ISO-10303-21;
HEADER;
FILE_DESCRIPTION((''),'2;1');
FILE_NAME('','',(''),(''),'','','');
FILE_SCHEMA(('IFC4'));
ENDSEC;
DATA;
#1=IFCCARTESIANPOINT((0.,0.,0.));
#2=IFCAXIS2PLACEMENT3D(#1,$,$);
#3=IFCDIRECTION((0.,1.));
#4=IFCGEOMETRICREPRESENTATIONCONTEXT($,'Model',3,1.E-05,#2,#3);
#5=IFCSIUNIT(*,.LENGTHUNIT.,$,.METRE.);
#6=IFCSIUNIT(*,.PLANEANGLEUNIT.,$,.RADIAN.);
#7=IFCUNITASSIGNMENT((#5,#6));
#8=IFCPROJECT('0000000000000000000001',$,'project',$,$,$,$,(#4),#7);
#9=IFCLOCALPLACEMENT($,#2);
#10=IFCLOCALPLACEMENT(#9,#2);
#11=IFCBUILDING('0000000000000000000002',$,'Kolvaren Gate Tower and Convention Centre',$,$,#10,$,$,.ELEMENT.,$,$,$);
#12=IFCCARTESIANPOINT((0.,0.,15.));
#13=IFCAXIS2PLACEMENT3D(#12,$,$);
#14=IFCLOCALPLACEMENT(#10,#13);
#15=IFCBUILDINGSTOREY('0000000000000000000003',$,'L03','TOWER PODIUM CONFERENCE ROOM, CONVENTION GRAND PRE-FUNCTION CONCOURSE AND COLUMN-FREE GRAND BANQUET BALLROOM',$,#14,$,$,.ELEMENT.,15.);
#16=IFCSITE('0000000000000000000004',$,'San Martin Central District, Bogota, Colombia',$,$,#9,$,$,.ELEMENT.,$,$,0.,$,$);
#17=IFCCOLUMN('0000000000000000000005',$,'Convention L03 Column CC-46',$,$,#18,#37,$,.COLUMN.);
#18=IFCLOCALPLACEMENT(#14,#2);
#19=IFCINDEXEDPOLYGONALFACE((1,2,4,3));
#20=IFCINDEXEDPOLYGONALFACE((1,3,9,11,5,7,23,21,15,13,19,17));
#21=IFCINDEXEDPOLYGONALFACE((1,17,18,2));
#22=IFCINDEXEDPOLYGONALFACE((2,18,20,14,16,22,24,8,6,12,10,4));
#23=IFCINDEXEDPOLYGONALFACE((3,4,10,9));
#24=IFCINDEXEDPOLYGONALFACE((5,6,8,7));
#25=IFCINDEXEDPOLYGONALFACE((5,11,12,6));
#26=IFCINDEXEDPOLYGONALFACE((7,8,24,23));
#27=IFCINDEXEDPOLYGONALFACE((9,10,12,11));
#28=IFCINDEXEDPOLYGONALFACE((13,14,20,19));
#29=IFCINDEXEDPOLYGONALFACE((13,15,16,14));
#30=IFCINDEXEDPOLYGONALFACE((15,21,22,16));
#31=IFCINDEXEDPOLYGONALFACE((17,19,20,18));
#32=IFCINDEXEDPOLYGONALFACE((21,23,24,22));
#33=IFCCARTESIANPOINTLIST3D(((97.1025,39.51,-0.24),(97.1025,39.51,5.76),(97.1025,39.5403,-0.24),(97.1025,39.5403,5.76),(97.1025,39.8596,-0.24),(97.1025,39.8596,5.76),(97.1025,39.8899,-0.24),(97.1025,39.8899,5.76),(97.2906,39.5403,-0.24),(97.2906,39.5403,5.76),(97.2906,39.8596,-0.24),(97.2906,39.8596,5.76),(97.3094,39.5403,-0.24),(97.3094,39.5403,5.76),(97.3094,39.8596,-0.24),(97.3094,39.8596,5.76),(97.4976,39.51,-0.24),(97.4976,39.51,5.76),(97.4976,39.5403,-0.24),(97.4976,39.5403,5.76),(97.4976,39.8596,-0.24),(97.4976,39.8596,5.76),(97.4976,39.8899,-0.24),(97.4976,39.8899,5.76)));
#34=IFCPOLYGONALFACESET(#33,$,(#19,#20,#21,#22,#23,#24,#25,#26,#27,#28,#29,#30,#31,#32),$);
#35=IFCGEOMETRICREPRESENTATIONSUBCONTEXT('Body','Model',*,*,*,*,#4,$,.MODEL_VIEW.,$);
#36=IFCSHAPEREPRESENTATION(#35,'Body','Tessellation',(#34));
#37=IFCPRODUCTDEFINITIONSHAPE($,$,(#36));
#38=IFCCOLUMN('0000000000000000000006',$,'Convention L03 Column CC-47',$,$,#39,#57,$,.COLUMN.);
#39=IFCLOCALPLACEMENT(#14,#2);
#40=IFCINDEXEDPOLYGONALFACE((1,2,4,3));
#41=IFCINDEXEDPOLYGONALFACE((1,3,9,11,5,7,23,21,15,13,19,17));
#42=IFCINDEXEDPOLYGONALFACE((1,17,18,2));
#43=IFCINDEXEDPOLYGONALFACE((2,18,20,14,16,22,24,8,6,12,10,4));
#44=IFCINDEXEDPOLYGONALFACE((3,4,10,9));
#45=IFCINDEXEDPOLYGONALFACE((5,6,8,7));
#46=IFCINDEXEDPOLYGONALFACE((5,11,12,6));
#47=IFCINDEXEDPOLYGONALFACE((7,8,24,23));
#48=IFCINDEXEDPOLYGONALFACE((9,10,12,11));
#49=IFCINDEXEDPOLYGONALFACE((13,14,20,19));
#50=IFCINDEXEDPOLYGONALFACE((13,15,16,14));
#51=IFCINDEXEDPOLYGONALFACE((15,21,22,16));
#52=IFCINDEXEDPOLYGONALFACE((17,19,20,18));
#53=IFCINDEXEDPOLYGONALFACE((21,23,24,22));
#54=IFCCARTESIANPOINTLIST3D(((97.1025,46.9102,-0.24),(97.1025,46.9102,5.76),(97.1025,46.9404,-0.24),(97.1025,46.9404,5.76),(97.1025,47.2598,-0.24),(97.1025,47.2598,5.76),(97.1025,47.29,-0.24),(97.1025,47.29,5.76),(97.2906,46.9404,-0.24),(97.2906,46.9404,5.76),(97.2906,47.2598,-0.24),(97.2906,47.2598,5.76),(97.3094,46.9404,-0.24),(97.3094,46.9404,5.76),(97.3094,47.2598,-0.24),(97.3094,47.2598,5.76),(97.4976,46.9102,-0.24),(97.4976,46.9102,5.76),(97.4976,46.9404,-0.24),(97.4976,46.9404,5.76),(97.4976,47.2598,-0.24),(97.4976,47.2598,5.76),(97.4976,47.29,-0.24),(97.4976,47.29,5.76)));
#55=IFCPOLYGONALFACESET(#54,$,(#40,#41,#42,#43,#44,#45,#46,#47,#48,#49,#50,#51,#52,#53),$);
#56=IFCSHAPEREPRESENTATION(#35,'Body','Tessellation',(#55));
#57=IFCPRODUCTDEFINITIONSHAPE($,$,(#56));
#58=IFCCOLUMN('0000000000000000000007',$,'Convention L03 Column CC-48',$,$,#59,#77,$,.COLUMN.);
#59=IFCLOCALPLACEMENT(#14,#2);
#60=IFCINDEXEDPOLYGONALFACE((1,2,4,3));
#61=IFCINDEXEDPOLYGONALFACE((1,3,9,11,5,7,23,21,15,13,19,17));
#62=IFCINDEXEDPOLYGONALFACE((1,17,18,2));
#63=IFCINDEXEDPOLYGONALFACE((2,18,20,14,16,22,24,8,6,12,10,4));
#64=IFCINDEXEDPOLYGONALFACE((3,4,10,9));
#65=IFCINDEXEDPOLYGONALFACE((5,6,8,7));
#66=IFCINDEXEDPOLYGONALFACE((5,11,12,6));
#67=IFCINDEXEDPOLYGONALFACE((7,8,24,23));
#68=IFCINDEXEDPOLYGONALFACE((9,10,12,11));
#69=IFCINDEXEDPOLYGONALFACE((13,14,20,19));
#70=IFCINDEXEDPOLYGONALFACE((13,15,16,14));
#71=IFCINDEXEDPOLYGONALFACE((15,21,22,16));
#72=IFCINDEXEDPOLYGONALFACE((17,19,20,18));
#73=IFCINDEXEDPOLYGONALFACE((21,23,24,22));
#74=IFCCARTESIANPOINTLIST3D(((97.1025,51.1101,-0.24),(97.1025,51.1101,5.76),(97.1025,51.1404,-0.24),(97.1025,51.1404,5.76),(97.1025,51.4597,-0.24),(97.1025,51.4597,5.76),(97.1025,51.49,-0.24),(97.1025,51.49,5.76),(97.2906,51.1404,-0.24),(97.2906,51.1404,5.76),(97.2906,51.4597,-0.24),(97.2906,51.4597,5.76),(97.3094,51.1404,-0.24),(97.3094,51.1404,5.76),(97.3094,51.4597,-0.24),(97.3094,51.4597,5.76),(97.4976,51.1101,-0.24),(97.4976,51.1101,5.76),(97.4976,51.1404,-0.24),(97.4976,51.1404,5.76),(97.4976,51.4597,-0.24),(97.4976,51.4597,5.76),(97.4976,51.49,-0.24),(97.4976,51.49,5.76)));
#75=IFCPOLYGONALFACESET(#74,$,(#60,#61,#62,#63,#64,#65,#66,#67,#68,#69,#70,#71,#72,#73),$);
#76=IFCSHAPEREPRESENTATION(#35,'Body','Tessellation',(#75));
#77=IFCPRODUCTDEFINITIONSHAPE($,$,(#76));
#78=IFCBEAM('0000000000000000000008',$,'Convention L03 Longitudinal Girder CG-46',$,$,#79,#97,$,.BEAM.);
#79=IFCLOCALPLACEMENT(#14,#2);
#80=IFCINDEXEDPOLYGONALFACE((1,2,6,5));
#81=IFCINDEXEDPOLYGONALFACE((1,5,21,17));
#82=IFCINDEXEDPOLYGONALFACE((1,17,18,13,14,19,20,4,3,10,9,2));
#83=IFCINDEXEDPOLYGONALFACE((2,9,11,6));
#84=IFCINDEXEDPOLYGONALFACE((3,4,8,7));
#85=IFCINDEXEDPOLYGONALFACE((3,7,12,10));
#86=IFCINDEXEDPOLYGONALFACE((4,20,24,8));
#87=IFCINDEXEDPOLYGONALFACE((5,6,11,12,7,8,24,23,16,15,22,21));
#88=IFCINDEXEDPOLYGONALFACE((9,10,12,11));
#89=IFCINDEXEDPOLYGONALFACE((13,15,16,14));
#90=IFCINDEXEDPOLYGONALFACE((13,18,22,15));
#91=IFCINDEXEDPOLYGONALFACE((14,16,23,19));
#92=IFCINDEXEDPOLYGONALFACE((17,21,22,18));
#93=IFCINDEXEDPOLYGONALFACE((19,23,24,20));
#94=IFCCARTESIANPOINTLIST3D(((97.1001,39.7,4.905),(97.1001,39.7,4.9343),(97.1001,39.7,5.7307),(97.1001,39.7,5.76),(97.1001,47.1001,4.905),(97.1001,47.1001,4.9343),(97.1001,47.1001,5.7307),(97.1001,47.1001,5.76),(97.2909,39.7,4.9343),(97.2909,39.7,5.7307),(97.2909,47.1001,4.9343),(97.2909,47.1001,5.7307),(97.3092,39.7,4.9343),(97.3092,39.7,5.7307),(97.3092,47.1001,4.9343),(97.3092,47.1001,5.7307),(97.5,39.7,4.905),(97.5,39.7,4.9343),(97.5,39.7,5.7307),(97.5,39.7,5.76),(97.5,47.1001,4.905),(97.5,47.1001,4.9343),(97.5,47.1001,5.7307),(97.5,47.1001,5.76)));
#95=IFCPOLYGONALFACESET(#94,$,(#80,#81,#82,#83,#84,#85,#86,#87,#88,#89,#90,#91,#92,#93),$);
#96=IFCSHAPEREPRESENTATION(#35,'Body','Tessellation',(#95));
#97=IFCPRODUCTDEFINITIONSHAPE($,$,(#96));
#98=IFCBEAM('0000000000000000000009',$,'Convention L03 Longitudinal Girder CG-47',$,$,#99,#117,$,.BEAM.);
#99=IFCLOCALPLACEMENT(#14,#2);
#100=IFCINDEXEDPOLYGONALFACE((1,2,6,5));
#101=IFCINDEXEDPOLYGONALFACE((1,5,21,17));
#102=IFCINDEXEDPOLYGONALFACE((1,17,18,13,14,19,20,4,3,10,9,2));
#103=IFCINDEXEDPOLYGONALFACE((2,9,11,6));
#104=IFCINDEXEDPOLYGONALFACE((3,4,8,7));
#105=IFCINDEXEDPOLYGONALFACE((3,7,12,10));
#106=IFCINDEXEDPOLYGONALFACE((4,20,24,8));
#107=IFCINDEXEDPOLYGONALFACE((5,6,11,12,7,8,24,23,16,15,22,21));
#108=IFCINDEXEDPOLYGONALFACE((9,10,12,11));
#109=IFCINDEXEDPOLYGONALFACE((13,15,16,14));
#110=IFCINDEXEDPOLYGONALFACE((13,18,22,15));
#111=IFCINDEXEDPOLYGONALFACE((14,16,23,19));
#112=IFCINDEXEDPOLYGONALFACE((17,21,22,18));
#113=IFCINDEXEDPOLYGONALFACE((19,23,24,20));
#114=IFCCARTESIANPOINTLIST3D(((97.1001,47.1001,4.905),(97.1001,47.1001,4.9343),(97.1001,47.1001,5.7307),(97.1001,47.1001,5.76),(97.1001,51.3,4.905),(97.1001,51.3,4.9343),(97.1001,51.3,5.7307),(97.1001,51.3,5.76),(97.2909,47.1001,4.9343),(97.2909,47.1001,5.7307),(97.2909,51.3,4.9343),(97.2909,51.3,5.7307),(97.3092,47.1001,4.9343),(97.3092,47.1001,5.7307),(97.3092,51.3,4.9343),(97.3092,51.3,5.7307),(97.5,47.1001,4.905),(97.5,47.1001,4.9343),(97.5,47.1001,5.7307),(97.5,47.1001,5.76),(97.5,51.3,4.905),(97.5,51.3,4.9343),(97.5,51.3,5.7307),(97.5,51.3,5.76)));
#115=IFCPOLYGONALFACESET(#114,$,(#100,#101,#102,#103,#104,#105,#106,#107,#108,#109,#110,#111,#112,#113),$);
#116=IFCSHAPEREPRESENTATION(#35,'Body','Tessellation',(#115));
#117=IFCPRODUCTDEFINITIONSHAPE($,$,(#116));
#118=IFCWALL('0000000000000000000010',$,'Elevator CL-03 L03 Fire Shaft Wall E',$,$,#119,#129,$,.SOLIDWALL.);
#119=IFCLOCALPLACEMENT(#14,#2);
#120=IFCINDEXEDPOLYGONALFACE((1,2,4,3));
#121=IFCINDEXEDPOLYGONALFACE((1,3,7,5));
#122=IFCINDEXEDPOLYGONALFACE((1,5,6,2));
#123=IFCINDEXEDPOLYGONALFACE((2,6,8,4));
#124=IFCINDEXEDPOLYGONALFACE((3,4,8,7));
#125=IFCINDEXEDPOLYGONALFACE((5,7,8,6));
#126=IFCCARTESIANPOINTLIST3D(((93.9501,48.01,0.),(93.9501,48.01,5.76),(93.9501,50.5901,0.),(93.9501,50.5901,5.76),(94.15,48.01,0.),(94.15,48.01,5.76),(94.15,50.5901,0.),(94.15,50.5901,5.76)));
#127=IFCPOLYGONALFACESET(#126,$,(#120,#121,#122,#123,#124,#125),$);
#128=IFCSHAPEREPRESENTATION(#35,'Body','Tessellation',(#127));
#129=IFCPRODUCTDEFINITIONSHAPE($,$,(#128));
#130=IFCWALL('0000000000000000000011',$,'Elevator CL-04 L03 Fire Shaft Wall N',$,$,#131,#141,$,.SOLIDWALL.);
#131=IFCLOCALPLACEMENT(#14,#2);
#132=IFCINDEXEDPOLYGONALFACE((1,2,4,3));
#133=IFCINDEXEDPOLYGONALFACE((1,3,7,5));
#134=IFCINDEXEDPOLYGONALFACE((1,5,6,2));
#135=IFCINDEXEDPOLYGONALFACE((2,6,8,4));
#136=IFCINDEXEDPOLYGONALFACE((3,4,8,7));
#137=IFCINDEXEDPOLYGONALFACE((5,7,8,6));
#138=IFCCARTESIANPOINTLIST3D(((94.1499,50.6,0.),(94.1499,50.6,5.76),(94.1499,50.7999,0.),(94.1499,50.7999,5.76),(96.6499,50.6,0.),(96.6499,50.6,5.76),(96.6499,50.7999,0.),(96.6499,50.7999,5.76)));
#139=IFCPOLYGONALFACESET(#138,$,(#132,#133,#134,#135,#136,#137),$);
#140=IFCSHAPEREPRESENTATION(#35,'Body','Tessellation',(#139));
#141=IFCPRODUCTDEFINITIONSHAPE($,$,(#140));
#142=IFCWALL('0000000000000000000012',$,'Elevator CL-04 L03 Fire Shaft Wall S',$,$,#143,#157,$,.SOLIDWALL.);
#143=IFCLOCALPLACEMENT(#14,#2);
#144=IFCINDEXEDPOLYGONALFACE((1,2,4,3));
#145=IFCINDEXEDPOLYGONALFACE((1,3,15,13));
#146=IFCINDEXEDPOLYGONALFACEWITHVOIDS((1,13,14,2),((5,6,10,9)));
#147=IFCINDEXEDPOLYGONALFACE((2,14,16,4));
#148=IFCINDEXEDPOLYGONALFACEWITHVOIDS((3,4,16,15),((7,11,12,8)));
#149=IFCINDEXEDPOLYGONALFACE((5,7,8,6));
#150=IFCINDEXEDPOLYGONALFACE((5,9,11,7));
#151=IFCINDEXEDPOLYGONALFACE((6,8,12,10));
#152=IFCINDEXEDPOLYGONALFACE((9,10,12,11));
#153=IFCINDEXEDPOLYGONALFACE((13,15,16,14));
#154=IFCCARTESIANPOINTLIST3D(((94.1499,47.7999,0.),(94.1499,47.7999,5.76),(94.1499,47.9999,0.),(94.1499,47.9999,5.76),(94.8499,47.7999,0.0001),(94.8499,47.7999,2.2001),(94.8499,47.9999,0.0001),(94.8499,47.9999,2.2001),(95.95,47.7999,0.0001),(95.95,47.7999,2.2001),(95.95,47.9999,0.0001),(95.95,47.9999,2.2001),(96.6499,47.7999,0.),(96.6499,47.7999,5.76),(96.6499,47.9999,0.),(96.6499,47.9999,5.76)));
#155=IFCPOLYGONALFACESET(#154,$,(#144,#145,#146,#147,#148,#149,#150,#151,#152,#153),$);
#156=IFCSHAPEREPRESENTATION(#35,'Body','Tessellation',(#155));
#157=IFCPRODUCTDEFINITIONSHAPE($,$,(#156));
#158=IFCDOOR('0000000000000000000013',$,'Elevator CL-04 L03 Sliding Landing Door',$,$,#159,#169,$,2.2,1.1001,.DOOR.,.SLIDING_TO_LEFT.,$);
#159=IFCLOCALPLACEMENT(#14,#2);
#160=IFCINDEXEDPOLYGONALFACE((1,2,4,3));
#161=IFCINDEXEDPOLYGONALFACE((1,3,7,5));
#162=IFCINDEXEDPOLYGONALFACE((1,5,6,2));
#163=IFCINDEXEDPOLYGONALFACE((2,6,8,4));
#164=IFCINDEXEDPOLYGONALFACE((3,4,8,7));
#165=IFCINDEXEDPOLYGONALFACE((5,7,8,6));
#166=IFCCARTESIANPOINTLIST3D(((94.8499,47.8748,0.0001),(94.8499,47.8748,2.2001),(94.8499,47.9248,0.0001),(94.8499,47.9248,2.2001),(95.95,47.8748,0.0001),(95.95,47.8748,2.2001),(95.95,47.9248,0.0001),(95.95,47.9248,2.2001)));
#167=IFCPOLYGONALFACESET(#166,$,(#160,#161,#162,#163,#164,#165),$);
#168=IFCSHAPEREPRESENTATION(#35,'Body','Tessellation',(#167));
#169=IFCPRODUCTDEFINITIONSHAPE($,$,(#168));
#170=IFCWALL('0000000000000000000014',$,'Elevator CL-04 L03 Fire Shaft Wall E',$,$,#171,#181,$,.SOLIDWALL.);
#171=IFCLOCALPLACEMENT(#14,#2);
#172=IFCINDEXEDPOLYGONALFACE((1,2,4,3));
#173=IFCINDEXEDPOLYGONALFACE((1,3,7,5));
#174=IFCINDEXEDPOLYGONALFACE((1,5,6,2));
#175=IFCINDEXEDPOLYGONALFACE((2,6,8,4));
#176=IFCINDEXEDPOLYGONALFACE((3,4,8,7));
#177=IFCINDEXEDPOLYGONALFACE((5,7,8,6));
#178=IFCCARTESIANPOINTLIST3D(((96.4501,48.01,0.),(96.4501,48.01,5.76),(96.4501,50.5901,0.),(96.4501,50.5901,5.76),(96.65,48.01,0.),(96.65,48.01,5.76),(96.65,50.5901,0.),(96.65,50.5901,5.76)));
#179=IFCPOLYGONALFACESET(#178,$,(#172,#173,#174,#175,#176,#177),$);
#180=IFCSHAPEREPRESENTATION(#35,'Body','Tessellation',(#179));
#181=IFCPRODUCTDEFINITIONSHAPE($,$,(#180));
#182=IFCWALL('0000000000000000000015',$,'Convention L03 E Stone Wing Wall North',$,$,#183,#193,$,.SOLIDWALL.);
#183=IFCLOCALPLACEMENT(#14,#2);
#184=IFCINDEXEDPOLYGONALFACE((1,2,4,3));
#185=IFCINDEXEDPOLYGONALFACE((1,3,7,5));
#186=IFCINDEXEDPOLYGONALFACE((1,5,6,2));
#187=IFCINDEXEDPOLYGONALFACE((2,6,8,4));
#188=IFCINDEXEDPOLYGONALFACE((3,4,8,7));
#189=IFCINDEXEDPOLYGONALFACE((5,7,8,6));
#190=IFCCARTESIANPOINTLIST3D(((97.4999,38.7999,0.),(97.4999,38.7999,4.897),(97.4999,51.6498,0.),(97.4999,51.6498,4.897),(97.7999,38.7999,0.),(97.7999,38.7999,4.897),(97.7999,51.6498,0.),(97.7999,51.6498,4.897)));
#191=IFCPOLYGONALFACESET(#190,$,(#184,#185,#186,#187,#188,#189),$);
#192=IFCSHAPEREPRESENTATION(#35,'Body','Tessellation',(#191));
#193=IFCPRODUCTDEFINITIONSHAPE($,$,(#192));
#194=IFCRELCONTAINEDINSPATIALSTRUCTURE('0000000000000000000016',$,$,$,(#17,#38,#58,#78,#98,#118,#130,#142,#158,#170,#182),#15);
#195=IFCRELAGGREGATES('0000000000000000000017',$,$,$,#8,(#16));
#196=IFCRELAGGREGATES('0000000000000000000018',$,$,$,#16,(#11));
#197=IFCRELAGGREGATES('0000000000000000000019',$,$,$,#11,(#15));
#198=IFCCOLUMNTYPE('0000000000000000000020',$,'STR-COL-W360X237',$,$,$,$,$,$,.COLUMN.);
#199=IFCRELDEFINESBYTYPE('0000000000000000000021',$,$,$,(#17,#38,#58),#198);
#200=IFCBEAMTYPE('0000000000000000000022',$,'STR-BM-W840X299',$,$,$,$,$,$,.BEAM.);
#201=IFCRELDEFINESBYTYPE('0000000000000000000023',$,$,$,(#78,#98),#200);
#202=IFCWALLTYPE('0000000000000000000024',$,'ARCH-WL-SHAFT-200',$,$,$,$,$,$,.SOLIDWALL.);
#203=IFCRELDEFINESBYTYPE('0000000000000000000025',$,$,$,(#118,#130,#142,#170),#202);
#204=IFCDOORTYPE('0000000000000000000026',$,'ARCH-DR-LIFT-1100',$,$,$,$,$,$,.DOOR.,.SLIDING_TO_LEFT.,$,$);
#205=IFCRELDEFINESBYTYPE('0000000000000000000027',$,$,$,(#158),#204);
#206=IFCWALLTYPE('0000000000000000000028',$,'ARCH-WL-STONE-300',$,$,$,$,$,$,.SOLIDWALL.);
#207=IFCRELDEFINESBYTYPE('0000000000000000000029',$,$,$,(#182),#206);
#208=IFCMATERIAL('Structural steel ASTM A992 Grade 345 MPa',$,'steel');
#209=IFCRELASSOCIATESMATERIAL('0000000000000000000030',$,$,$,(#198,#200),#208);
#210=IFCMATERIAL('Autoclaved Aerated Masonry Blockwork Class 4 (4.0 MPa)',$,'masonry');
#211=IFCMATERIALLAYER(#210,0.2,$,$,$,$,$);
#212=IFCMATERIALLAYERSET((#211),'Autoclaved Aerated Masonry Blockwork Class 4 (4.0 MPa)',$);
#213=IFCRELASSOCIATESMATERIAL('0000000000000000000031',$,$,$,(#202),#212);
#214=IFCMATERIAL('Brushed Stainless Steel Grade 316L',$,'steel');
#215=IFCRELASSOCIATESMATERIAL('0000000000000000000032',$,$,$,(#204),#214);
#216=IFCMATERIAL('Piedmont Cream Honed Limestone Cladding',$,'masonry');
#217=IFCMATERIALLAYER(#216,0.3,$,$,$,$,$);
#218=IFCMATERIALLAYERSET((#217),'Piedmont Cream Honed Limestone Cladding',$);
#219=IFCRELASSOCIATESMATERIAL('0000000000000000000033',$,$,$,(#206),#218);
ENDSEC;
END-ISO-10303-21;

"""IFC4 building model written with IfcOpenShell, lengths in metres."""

from ifc_helpers import new_model, si_unit, direction, frame, frame_2d, origin, origin_2d, place, context, subcontext, project, spatial, rectangle, i_section, extrude, material, layer, layer_set, material_profile, profile_set, type_object, element, fill, save


model = new_model("IFC4")

# Units and contexts
model_context = context("Model", 3, precision=1e-05, world=origin(), true_north=direction((0.0, 1.0)))
body_context = subcontext(model_context, "Body", "Model", "MODEL_VIEW")
ifc_project = project(units=[si_unit("LENGTHUNIT", "METRE"), si_unit("PLANEANGLEUNIT", "RADIAN")], contexts=[model_context])

# Site, building, storey
site_placement = place(None, origin())
site = spatial("IfcSite", under=ifc_project, at=site_placement, Name="San Martin Central District, Bogota, Colombia", CompositionType="ELEMENT", RefElevation=0.0)
building_placement = place(site_placement, origin())
building = spatial("IfcBuilding", under=site, at=building_placement, Name="Kolvaren Gate Tower and Convention Centre", CompositionType="ELEMENT")
storey_placement = place(building_placement, frame((0.0, 0.0, 15.0)))
storey = spatial("IfcBuildingStorey", under=building, at=storey_placement, Name="L03", Description="TOWER PODIUM CONFERENCE ROOM, CONVENTION GRAND PRE-FUNCTION CONCOURSE AND COLUMN-FREE GRAND BANQUET BALLROOM", CompositionType="ELEMENT", Elevation=15.0)

# Columns
ifc_material_1 = material(Name="Structural steel ASTM A992 Grade 345 MPa", Category="steel")
ifc_material_profile_1 = material_profile(ifc_material_1, i_section(OverallWidth=0.395, OverallDepth=0.3799, WebThickness=0.0188, FlangeThickness=0.0303, at=origin_2d()), Name="W360X237")
ifc_profile_set_1 = profile_set([ifc_material_profile_1], Name="Structural steel ASTM A992 Grade 345 MPa")
column_type = type_object("IfcColumnType", Name="STR-COL-W360X237", PredefinedType="COLUMN", material=ifc_profile_set_1)
for number, where, z_axis, x_axis, name in (
    (1, (97.3, 39.7, -0.24), (0.0, 0.0, 1.0), (1.0, 0.0, 0.0), "Convention L03 Column CC-46"),
    (2, (97.3, 47.1001, -0.24), (0.0, 0.0, 1.0), (1.0, 0.0, 0.0), "Convention L03 Column CC-47"),
    (3, (97.3, 51.3, -0.24), (0.0, 0.0, 1.0), (1.0, 0.0, 0.0), "Convention L03 Column CC-48"),
):
    element("IfcColumn", number, at=place(storey_placement, frame(where, z_axis=z_axis, x_axis=x_axis)), inside=storey, type_object=column_type, Name=name, PredefinedType="COLUMN", context=body_context, shape_type="SweptSolid", body=[
        extrude(i_section(OverallWidth=0.395, OverallDepth=0.3799, WebThickness=0.0188, FlangeThickness=0.0303, at=origin_2d()), origin(), (0.0, 0.0, 1.0), 6.0),
    ])

# Beams
ifc_material_profile_2 = material_profile(ifc_material_1, i_section(OverallWidth=0.3999, OverallDepth=0.855, WebThickness=0.0183, FlangeThickness=0.0293, at=origin_2d()), Name="W840X299")
ifc_profile_set_2 = profile_set([ifc_material_profile_2], Name="Structural steel ASTM A992 Grade 345 MPa")
beam_type = type_object("IfcBeamType", Name="STR-BM-W840X299", PredefinedType="BEAM", material=ifc_profile_set_2)
beam_1_placement = place(storey_placement, frame((97.3, 39.7, 5.3325), z_axis=(0.0, 1.0, 0.0), x_axis=(-1.0, 0.0, 0.0)))
element("IfcBeam", 4, at=beam_1_placement, inside=storey, type_object=beam_type, Name="Convention L03 Longitudinal Girder CG-46", PredefinedType="BEAM", context=body_context, shape_type="SweptSolid", body=[
    extrude(i_section(OverallWidth=0.3999, OverallDepth=0.855, WebThickness=0.0183, FlangeThickness=0.0293, at=origin_2d()), origin(), (0.0, 0.0, 1.0), 7.4001),
])
beam_2_placement = place(storey_placement, frame((97.3, 47.1001, 5.3325), z_axis=(0.0, 1.0, 0.0), x_axis=(-1.0, 0.0, 0.0)))
element("IfcBeam", 5, at=beam_2_placement, inside=storey, type_object=beam_type, Name="Convention L03 Longitudinal Girder CG-47", PredefinedType="BEAM", context=body_context, shape_type="SweptSolid", body=[
    extrude(i_section(OverallWidth=0.3999, OverallDepth=0.855, WebThickness=0.0183, FlangeThickness=0.0293, at=origin_2d()), origin(), (0.0, 0.0, 1.0), 4.2),
])

# Walls
ifc_material_2 = material(Name="Autoclaved Aerated Masonry Blockwork Class 4 (4.0 MPa)", Category="masonry")
ifc_layer_1 = layer(ifc_material_2, 0.2)
ifc_layer_set_1 = layer_set([ifc_layer_1], Name="Autoclaved Aerated Masonry Blockwork Class 4 (4.0 MPa)")
wall_type_1 = type_object("IfcWallType", Name="ARCH-WL-SHAFT-200", PredefinedType="SOLIDWALL", material=ifc_layer_set_1)
wall_1_placement = place(storey_placement, frame((94.05, 48.01, 0.0), z_axis=(0.0, 0.0, 1.0), x_axis=(0.0, 1.0, 0.0)))
element("IfcWall", 6, at=wall_1_placement, inside=storey, type_object=wall_type_1, Name="Elevator CL-03 L03 Fire Shaft Wall E", PredefinedType="SOLIDWALL", context=body_context, shape_type="SweptSolid", body=[
    extrude(rectangle(XDim=2.5801, YDim=0.2, at=frame_2d((1.29, 0.0))), origin(), (0.0, 0.0, 1.0), 5.76),
])
wall_2_placement = place(storey_placement, frame((94.1499, 50.7, 0.0), z_axis=(0.0, 0.0, 1.0), x_axis=(1.0, 0.0, 0.0)))
element("IfcWall", 7, at=wall_2_placement, inside=storey, type_object=wall_type_1, Name="Elevator CL-04 L03 Fire Shaft Wall N", PredefinedType="SOLIDWALL", context=body_context, shape_type="SweptSolid", body=[
    extrude(rectangle(XDim=2.5, YDim=0.2, at=frame_2d((1.25, 0.0))), origin(), (0.0, 0.0, 1.0), 5.76),
])

# Wall, opening, door
wall_3_placement = place(storey_placement, frame((94.1499, 47.8999, 0.0), z_axis=(0.0, 0.0, 1.0), x_axis=(1.0, 0.0, 0.0)))
wall_3 = element("IfcWall", 8, at=wall_3_placement, inside=storey, type_object=wall_type_1, Name="Elevator CL-04 L03 Fire Shaft Wall S", PredefinedType="SOLIDWALL", context=body_context, shape_type="SweptSolid", body=[
    extrude(rectangle(XDim=2.5, YDim=0.2, at=frame_2d((1.25, 0.0))), origin(), (0.0, 0.0, 1.0), 5.76),
])
opening_placement = place(wall_3_placement, frame((0.7, 0.0, 0.0)))
opening = element("IfcOpeningElement", 9, at=opening_placement, cuts=wall_3, PredefinedType="OPENING", context=body_context, shape_type="SweptSolid", body=[
    extrude(rectangle(XDim=1.1001, YDim=2.2, at=frame_2d((0.55, 1.1001))), frame((0.0, 0.1099, 0.0), z_axis=(0.0, -1.0, 0.0), x_axis=(1.0, 0.0, 0.0)), (0.0, 0.0, 1.0), 0.22),
])
ifc_material_3 = material(Name="Brushed Stainless Steel Grade 316L", Category="steel")
door_type = type_object("IfcDoorType", Name="ARCH-DR-LIFT-1100", OperationType="SLIDING_TO_LEFT", PredefinedType="DOOR", material=ifc_material_3)
door_placement = place(opening_placement, origin())
door = element("IfcDoor", 10, at=door_placement, inside=storey, type_object=door_type, Name="Elevator CL-04 L03 Sliding Landing Door", OperationType="SLIDING_TO_LEFT", OverallHeight=2.2, OverallWidth=1.1001, PredefinedType="DOOR", context=body_context, shape_type="SweptSolid", body=[
    extrude(rectangle(XDim=1.1001, YDim=2.2, at=frame_2d((0.55, 1.1001))), frame((0.0, 0.0249, 0.0), z_axis=(0.0, -1.0, 0.0), x_axis=(1.0, 0.0, 0.0)), (0.0, 0.0, 1.0), 0.05),
])
fill(opening, door)

# Walls
wall_4_placement = place(storey_placement, frame((96.55, 48.01, 0.0), z_axis=(0.0, 0.0, 1.0), x_axis=(0.0, 1.0, 0.0)))
element("IfcWall", 11, at=wall_4_placement, inside=storey, type_object=wall_type_1, Name="Elevator CL-04 L03 Fire Shaft Wall E", PredefinedType="SOLIDWALL", context=body_context, shape_type="SweptSolid", body=[
    extrude(rectangle(XDim=2.5801, YDim=0.2, at=frame_2d((1.29, 0.0))), origin(), (0.0, 0.0, 1.0), 5.76),
])
ifc_material_4 = material(Name="Piedmont Cream Honed Limestone Cladding", Category="masonry")
ifc_layer_2 = layer(ifc_material_4, 0.3)
ifc_layer_set_2 = layer_set([ifc_layer_2], Name="Piedmont Cream Honed Limestone Cladding")
wall_type_2 = type_object("IfcWallType", Name="ARCH-WL-STONE-300", PredefinedType="SOLIDWALL", material=ifc_layer_set_2)
wall_5_placement = place(storey_placement, frame((97.6499, 38.8, 0.0), z_axis=(0.0, 0.0, 1.0), x_axis=(0.0, 1.0, 0.0)))
element("IfcWall", 12, at=wall_5_placement, inside=storey, type_object=wall_type_2, Name="Convention L03 E Stone Wing Wall North", PredefinedType="SOLIDWALL", context=body_context, shape_type="SweptSolid", body=[
    extrude(rectangle(XDim=12.8499, YDim=0.3, at=frame_2d((6.4248, 0.0))), origin(), (0.0, 0.0, 1.0), 4.897),
])

save(model, "model.ifc")
